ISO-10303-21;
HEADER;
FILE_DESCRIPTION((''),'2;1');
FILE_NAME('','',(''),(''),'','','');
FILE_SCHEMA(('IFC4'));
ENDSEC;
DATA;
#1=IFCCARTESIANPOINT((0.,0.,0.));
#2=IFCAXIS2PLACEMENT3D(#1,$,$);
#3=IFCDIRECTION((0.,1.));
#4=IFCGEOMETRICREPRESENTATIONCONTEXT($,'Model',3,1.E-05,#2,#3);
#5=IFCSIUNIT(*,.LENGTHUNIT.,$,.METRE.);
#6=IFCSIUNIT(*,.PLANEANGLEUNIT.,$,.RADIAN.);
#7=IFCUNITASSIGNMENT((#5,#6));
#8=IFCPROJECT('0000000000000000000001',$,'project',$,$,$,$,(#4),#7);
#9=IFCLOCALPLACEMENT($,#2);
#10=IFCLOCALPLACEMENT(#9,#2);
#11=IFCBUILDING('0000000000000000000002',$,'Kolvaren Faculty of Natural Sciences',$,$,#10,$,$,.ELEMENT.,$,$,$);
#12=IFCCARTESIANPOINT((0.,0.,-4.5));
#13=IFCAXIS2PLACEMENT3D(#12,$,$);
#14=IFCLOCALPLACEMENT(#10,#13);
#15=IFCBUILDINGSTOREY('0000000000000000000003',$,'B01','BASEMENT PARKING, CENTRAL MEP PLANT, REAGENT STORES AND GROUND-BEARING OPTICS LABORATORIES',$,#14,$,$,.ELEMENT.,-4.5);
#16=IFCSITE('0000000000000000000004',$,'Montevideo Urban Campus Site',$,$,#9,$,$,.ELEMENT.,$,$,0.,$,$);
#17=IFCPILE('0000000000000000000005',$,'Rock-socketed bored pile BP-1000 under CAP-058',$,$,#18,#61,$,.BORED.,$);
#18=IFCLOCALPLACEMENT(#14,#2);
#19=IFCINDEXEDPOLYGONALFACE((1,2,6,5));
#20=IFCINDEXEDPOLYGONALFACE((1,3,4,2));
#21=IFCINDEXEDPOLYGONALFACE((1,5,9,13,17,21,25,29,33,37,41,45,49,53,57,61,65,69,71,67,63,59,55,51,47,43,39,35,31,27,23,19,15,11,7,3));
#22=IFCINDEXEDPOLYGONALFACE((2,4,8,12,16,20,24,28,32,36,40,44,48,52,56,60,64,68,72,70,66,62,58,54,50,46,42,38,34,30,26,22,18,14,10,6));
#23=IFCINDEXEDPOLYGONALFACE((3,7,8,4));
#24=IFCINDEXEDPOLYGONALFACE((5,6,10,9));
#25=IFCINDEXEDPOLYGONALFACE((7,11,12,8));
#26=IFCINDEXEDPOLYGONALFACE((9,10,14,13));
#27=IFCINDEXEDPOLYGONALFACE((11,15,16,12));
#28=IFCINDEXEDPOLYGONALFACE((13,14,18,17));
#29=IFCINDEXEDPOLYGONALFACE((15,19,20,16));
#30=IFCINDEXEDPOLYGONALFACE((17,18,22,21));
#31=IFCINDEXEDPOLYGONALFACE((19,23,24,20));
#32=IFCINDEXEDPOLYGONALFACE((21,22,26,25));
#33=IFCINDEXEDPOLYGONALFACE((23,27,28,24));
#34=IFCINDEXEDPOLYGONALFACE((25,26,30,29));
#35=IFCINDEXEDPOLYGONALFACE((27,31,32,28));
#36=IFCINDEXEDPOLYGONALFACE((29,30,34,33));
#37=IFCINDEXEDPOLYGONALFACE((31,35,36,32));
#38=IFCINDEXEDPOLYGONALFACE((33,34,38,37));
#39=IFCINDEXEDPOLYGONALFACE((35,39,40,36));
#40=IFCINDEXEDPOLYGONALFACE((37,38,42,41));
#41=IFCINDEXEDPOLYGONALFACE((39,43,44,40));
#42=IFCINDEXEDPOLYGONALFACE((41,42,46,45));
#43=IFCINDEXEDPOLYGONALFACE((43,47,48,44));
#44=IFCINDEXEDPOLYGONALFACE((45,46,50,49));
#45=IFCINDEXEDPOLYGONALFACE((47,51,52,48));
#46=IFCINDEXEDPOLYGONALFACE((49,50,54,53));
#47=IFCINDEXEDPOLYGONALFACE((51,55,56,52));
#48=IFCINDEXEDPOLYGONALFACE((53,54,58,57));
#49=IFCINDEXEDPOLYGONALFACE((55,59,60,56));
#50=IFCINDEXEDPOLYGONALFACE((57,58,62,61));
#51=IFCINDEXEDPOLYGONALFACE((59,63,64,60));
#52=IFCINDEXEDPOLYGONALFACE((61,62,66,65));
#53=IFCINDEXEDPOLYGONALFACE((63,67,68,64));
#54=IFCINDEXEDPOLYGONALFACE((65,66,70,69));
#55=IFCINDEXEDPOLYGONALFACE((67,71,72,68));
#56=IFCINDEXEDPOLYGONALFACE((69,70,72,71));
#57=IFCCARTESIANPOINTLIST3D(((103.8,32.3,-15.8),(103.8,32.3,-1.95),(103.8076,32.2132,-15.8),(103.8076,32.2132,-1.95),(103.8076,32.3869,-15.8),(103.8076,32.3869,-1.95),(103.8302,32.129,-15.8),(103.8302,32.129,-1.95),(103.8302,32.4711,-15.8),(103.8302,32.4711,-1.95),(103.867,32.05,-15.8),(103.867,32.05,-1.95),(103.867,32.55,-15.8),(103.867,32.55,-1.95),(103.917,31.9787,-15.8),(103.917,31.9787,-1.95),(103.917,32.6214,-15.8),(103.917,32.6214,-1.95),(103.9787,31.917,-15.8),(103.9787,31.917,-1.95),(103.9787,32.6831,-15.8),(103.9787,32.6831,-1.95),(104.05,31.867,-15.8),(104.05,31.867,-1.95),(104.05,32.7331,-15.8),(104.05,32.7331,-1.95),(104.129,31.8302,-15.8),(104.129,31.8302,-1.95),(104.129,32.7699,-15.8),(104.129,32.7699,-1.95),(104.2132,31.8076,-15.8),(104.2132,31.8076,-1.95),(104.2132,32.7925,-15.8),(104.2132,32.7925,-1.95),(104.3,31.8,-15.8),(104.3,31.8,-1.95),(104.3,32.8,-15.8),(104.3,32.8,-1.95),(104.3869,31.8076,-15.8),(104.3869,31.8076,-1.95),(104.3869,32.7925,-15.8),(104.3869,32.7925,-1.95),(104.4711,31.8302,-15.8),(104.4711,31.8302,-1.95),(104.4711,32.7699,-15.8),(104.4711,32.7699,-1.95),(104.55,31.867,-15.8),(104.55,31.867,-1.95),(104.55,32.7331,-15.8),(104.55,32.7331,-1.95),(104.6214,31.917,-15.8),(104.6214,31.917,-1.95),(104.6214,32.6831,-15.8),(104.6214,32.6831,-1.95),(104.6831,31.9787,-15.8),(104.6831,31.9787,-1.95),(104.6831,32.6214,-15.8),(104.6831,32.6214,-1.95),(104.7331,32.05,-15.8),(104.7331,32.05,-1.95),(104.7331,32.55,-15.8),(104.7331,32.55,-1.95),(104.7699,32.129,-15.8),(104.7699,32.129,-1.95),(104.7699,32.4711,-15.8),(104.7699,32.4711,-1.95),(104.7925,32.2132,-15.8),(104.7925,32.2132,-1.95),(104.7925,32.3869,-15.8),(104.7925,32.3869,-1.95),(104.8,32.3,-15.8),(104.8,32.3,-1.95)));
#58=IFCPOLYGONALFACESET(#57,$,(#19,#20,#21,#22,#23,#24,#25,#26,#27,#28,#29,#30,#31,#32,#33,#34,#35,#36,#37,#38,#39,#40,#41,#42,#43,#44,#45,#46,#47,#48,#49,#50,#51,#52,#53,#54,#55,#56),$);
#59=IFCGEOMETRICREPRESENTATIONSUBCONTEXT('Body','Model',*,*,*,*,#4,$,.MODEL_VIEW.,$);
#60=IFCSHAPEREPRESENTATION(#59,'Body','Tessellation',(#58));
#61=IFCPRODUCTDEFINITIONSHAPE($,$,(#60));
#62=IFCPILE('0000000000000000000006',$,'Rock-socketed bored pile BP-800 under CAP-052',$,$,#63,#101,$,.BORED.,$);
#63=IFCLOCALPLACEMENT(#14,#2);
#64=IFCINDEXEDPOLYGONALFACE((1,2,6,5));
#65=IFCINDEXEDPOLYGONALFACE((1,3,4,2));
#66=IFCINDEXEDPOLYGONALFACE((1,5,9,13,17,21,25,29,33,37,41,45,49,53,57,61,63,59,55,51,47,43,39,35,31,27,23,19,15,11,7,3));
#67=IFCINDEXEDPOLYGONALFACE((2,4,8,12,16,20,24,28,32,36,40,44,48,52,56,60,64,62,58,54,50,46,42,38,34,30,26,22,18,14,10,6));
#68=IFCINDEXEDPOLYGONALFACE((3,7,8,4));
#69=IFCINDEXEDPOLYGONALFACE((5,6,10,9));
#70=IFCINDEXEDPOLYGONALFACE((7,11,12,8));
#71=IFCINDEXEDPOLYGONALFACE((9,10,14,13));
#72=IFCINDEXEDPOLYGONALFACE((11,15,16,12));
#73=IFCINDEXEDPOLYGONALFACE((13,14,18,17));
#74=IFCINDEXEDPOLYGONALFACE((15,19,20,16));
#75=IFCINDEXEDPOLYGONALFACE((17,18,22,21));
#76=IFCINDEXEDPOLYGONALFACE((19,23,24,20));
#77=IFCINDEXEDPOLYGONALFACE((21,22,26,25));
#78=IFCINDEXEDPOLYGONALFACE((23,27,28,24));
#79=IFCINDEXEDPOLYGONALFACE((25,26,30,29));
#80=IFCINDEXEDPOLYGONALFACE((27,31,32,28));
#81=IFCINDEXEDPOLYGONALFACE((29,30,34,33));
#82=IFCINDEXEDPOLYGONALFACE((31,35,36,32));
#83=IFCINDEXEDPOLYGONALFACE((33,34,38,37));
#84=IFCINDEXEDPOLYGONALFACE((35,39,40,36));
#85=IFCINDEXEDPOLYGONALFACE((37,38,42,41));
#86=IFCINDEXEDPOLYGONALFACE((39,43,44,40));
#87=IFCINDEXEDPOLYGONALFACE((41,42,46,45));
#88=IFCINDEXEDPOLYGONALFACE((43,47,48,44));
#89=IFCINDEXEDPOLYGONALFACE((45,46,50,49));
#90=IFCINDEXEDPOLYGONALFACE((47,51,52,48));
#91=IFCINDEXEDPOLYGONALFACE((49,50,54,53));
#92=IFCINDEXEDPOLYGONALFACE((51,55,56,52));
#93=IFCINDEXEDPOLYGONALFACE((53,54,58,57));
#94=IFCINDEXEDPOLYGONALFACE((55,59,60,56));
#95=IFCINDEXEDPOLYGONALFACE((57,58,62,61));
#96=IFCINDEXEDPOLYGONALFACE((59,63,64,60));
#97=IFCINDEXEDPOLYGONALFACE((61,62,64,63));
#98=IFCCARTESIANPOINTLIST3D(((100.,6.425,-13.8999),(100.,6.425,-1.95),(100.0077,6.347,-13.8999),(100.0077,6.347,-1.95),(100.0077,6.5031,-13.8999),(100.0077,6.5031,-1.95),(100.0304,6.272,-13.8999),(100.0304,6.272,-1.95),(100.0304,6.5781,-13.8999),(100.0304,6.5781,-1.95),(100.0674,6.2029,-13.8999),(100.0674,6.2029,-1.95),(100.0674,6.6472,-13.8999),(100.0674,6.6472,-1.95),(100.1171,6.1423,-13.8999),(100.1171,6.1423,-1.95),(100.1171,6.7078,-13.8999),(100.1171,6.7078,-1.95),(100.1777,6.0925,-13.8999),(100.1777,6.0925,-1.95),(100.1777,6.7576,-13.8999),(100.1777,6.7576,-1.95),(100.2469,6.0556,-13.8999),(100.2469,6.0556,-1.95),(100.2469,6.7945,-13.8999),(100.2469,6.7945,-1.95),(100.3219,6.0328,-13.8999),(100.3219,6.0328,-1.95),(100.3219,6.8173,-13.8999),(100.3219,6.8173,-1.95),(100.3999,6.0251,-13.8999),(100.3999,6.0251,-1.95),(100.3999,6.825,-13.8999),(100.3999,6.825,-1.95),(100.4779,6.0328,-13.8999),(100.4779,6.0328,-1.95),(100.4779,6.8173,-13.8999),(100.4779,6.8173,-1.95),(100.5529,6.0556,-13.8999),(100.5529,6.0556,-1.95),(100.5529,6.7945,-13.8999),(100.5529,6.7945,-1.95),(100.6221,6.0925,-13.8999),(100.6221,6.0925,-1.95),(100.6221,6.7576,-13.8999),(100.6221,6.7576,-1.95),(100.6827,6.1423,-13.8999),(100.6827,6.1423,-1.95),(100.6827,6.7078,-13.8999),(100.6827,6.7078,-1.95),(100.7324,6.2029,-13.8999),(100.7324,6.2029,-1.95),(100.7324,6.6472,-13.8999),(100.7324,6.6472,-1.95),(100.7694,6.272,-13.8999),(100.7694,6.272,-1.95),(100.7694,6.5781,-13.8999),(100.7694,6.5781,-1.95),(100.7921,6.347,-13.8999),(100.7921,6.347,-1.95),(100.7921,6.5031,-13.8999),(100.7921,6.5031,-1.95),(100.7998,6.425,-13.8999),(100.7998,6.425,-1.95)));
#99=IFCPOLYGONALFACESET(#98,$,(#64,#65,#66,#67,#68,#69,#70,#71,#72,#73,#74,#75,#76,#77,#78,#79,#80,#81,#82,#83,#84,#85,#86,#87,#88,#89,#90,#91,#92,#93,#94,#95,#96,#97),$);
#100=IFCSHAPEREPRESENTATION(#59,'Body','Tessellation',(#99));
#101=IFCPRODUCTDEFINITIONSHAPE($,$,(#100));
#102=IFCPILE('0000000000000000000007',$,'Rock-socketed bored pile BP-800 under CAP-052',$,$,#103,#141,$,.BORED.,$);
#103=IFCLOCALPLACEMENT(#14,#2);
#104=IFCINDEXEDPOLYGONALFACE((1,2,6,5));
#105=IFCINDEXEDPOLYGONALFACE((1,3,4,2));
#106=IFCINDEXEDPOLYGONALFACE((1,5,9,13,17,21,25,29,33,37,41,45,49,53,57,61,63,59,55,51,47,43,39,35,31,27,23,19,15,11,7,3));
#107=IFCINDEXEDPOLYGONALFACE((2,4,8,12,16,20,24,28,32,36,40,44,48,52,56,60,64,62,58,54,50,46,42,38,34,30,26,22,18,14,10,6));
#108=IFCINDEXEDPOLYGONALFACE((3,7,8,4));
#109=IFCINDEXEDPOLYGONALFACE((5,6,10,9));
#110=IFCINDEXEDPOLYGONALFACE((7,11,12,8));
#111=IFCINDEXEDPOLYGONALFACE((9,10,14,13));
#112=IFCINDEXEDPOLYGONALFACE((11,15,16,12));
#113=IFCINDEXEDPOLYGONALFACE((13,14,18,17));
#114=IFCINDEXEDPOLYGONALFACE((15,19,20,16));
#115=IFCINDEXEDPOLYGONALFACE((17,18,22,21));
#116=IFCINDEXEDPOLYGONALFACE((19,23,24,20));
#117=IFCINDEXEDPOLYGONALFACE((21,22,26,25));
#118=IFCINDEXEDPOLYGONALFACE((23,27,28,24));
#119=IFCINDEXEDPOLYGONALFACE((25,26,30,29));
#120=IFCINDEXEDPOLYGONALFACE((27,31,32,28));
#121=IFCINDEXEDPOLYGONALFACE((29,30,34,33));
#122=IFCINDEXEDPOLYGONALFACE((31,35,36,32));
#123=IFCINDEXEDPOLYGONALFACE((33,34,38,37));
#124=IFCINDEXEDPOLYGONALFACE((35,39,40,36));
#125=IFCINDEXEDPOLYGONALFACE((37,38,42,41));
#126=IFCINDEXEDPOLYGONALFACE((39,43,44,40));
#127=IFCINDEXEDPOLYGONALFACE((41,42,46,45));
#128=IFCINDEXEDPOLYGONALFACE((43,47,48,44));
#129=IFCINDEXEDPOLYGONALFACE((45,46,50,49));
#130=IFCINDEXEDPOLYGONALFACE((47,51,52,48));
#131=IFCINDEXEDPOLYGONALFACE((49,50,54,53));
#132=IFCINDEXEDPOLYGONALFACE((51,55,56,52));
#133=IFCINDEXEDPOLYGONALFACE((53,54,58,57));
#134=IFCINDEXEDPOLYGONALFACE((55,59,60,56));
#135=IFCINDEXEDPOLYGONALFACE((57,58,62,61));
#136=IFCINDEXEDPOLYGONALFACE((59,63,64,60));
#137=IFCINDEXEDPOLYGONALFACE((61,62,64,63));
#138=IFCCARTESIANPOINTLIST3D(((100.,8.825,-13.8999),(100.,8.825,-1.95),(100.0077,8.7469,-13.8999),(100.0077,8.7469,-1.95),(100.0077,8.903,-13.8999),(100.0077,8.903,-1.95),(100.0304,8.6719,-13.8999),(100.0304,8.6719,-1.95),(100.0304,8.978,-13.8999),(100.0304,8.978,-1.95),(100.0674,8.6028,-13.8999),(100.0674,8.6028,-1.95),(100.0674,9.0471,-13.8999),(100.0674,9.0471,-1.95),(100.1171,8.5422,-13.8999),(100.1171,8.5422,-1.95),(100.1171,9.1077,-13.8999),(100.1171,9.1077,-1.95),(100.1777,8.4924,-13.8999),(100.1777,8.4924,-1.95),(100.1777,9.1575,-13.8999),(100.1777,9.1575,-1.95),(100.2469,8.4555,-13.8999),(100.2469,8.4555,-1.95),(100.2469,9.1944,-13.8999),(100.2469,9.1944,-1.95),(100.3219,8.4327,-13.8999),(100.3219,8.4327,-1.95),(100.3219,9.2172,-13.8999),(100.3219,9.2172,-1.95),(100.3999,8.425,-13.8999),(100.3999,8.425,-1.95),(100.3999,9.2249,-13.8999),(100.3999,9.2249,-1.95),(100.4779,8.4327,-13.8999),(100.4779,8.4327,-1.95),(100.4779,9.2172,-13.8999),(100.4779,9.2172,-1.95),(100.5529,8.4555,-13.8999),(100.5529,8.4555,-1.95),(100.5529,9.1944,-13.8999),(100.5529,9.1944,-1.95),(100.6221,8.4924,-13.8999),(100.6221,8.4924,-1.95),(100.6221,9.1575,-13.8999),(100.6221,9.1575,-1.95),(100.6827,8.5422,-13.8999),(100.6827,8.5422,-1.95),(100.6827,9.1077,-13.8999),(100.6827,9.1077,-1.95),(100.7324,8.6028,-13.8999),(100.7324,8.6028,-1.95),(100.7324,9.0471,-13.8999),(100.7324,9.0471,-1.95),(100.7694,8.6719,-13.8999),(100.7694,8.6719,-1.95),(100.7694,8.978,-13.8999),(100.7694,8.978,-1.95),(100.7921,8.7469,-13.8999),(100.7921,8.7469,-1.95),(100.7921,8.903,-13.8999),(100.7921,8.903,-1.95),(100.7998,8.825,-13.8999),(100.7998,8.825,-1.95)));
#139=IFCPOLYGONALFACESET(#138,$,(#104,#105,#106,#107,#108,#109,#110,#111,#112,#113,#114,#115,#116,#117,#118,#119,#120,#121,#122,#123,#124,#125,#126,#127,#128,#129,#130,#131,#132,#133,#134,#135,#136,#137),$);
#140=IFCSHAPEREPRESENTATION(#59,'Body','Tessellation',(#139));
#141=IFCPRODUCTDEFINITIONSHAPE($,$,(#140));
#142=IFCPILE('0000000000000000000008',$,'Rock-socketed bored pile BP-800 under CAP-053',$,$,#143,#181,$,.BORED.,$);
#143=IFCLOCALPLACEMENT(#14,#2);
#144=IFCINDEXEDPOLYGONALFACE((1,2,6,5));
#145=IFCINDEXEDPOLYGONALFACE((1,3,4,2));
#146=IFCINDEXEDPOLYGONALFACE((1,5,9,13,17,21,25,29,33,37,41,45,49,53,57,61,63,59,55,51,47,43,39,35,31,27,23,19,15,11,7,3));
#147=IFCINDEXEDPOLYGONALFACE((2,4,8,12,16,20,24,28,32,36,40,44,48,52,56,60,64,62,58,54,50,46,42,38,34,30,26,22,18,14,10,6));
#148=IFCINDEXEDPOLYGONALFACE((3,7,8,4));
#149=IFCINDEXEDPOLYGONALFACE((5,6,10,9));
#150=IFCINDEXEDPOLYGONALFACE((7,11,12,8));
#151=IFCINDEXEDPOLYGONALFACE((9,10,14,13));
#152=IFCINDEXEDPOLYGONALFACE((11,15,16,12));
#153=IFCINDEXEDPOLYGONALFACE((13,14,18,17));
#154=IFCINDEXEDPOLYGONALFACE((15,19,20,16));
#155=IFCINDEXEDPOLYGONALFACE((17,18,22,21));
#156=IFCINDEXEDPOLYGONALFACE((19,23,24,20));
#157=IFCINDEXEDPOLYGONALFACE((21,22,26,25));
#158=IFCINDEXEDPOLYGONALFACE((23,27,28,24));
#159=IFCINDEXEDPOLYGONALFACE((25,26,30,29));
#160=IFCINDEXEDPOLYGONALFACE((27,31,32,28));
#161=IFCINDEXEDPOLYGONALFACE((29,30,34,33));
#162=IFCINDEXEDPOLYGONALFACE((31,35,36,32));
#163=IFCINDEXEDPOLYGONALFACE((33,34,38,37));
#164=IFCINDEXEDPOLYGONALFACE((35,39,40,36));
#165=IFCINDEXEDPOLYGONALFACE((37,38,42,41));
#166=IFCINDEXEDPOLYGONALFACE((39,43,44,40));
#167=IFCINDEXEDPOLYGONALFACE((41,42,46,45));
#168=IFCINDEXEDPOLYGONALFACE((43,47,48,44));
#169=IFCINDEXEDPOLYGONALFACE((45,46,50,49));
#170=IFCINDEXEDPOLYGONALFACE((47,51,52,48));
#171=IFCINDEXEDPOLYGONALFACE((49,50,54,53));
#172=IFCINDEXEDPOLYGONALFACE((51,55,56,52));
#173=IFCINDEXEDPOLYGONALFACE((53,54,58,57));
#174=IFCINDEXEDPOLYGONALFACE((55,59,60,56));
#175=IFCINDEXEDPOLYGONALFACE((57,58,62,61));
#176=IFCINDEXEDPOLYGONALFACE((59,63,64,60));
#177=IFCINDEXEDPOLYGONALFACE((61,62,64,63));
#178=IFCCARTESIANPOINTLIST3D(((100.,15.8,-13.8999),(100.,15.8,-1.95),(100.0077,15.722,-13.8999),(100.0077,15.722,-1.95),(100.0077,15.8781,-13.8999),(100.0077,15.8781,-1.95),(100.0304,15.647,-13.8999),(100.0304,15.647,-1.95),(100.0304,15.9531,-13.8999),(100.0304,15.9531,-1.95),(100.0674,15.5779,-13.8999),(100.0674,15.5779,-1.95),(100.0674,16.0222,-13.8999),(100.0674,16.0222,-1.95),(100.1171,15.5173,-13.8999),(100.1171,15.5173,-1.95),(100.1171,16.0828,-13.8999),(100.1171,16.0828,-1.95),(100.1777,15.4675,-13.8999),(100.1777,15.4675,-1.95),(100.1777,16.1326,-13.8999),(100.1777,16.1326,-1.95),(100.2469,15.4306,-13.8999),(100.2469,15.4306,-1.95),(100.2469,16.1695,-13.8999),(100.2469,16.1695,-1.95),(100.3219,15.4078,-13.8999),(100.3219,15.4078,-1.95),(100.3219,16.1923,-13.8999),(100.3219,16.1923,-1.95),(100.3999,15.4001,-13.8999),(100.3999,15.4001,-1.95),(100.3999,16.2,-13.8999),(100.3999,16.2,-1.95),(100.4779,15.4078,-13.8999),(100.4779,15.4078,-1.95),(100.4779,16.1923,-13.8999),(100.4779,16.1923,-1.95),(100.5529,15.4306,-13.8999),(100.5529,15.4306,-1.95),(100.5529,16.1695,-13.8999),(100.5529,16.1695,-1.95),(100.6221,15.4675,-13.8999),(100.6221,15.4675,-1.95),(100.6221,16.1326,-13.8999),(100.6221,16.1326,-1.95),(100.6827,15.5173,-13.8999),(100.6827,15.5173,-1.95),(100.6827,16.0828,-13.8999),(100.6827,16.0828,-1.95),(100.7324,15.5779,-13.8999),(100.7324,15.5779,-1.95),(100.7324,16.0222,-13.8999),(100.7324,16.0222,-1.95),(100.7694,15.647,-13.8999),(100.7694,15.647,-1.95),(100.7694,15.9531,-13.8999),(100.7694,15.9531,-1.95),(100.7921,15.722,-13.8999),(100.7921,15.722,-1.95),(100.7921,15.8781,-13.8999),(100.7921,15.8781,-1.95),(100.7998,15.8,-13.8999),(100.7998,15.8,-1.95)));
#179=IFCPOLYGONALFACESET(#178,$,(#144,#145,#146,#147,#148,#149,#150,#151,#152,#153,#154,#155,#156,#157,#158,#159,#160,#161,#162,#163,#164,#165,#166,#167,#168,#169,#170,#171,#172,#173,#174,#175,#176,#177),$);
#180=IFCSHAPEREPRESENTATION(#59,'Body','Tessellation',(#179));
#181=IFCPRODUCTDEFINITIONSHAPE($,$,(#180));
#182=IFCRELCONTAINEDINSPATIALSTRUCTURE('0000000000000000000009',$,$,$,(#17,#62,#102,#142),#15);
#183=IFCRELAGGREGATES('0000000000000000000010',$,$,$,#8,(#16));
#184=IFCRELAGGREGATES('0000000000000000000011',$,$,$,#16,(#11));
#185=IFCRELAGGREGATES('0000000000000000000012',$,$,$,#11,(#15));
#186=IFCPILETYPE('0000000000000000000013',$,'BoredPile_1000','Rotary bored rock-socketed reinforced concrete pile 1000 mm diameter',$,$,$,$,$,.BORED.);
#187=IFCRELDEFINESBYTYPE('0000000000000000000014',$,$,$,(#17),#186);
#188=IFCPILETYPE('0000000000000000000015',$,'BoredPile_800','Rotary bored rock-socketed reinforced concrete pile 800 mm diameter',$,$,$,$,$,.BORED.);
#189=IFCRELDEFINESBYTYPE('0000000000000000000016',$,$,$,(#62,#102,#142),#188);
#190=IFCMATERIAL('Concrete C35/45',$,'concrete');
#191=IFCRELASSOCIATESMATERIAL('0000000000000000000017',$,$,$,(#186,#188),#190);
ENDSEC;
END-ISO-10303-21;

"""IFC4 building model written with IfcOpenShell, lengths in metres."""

from ifc_helpers import new_model, si_unit, direction, frame, origin, origin_2d, place, context, subcontext, project, spatial, circle, extrude, material, material_profile, profile_set, type_object, element, save


model = new_model("IFC4")

# Units and contexts
model_context = context("Model", 3, precision=1e-05, world=origin(), true_north=direction((0.0, 1.0)))
body_context = subcontext(model_context, "Body", "Model", "MODEL_VIEW")
ifc_project = project(units=[si_unit("LENGTHUNIT", "METRE"), si_unit("PLANEANGLEUNIT", "RADIAN")], contexts=[model_context])

# Site, building, storey
site_placement = place(None, origin())
site = spatial("IfcSite", under=ifc_project, at=site_placement, Name="Montevideo Urban Campus Site", CompositionType="ELEMENT", RefElevation=0.0)
building_placement = place(site_placement, origin())
building = spatial("IfcBuilding", under=site, at=building_placement, Name="Kolvaren Faculty of Natural Sciences", CompositionType="ELEMENT")
storey_placement = place(building_placement, frame((0.0, 0.0, -4.5)))
storey = spatial("IfcBuildingStorey", under=building, at=storey_placement, Name="B01", Description="BASEMENT PARKING, CENTRAL MEP PLANT, REAGENT STORES AND GROUND-BEARING OPTICS LABORATORIES", CompositionType="ELEMENT", Elevation=-4.5)

# Piles
ifc_material_1 = material(Name="Concrete C35/45", Category="concrete")
ifc_material_profile_1 = material_profile(ifc_material_1, circle(Radius=0.5, at=origin_2d()), Name="PILE D1000")
ifc_profile_set_1 = profile_set([ifc_material_profile_1], Name="Concrete C35/45")
pile_type_1 = type_object("IfcPileType", Name="BoredPile_1000", Description="Rotary bored rock-socketed reinforced concrete pile 1000 mm diameter", PredefinedType="BORED", material=ifc_profile_set_1)
for number, where, z_axis, x_axis, name in (
    (1, (104.3, 32.3, -1.95), (0.0, 0.0, -1.0), (1.0, 0.0, 0.0), "Rock-socketed bored pile BP-1000 under CAP-058"),
):
    element("IfcPile", number, at=place(storey_placement, frame(where, z_axis=z_axis, x_axis=x_axis)), inside=storey, type_object=pile_type_1, Name=name, PredefinedType="BORED", context=body_context, shape_type="SweptSolid", body=[
        extrude(circle(Radius=0.5, at=origin_2d()), origin(), (0.0, 0.0, 1.0), 13.8501),
    ])
ifc_material_profile_2 = material_profile(ifc_material_1, circle(Radius=0.3999, at=origin_2d()), Name="PILE D800")
ifc_profile_set_2 = profile_set([ifc_material_profile_2], Name="Concrete C35/45")
pile_type_2 = type_object("IfcPileType", Name="BoredPile_800", Description="Rotary bored rock-socketed reinforced concrete pile 800 mm diameter", PredefinedType="BORED", material=ifc_profile_set_2)
for number, where, z_axis, x_axis, name in (
    (2, (100.3999, 6.425, -1.95), (0.0, 0.0, -1.0), (1.0, 0.0, 0.0), "Rock-socketed bored pile BP-800 under CAP-052"),
    (3, (100.3999, 8.825, -1.95), (0.0, 0.0, -1.0), (1.0, 0.0, 0.0), "Rock-socketed bored pile BP-800 under CAP-052"),
    (4, (100.3999, 15.8, -1.95), (0.0, 0.0, -1.0), (1.0, 0.0, 0.0), "Rock-socketed bored pile BP-800 under CAP-053"),
):
    element("IfcPile", number, at=place(storey_placement, frame(where, z_axis=z_axis, x_axis=x_axis)), inside=storey, type_object=pile_type_2, Name=name, PredefinedType="BORED", context=body_context, shape_type="SweptSolid", body=[
        extrude(circle(Radius=0.3999, at=origin_2d()), origin(), (0.0, 0.0, 1.0), 11.95),
    ])

save(model, "model.ifc")
